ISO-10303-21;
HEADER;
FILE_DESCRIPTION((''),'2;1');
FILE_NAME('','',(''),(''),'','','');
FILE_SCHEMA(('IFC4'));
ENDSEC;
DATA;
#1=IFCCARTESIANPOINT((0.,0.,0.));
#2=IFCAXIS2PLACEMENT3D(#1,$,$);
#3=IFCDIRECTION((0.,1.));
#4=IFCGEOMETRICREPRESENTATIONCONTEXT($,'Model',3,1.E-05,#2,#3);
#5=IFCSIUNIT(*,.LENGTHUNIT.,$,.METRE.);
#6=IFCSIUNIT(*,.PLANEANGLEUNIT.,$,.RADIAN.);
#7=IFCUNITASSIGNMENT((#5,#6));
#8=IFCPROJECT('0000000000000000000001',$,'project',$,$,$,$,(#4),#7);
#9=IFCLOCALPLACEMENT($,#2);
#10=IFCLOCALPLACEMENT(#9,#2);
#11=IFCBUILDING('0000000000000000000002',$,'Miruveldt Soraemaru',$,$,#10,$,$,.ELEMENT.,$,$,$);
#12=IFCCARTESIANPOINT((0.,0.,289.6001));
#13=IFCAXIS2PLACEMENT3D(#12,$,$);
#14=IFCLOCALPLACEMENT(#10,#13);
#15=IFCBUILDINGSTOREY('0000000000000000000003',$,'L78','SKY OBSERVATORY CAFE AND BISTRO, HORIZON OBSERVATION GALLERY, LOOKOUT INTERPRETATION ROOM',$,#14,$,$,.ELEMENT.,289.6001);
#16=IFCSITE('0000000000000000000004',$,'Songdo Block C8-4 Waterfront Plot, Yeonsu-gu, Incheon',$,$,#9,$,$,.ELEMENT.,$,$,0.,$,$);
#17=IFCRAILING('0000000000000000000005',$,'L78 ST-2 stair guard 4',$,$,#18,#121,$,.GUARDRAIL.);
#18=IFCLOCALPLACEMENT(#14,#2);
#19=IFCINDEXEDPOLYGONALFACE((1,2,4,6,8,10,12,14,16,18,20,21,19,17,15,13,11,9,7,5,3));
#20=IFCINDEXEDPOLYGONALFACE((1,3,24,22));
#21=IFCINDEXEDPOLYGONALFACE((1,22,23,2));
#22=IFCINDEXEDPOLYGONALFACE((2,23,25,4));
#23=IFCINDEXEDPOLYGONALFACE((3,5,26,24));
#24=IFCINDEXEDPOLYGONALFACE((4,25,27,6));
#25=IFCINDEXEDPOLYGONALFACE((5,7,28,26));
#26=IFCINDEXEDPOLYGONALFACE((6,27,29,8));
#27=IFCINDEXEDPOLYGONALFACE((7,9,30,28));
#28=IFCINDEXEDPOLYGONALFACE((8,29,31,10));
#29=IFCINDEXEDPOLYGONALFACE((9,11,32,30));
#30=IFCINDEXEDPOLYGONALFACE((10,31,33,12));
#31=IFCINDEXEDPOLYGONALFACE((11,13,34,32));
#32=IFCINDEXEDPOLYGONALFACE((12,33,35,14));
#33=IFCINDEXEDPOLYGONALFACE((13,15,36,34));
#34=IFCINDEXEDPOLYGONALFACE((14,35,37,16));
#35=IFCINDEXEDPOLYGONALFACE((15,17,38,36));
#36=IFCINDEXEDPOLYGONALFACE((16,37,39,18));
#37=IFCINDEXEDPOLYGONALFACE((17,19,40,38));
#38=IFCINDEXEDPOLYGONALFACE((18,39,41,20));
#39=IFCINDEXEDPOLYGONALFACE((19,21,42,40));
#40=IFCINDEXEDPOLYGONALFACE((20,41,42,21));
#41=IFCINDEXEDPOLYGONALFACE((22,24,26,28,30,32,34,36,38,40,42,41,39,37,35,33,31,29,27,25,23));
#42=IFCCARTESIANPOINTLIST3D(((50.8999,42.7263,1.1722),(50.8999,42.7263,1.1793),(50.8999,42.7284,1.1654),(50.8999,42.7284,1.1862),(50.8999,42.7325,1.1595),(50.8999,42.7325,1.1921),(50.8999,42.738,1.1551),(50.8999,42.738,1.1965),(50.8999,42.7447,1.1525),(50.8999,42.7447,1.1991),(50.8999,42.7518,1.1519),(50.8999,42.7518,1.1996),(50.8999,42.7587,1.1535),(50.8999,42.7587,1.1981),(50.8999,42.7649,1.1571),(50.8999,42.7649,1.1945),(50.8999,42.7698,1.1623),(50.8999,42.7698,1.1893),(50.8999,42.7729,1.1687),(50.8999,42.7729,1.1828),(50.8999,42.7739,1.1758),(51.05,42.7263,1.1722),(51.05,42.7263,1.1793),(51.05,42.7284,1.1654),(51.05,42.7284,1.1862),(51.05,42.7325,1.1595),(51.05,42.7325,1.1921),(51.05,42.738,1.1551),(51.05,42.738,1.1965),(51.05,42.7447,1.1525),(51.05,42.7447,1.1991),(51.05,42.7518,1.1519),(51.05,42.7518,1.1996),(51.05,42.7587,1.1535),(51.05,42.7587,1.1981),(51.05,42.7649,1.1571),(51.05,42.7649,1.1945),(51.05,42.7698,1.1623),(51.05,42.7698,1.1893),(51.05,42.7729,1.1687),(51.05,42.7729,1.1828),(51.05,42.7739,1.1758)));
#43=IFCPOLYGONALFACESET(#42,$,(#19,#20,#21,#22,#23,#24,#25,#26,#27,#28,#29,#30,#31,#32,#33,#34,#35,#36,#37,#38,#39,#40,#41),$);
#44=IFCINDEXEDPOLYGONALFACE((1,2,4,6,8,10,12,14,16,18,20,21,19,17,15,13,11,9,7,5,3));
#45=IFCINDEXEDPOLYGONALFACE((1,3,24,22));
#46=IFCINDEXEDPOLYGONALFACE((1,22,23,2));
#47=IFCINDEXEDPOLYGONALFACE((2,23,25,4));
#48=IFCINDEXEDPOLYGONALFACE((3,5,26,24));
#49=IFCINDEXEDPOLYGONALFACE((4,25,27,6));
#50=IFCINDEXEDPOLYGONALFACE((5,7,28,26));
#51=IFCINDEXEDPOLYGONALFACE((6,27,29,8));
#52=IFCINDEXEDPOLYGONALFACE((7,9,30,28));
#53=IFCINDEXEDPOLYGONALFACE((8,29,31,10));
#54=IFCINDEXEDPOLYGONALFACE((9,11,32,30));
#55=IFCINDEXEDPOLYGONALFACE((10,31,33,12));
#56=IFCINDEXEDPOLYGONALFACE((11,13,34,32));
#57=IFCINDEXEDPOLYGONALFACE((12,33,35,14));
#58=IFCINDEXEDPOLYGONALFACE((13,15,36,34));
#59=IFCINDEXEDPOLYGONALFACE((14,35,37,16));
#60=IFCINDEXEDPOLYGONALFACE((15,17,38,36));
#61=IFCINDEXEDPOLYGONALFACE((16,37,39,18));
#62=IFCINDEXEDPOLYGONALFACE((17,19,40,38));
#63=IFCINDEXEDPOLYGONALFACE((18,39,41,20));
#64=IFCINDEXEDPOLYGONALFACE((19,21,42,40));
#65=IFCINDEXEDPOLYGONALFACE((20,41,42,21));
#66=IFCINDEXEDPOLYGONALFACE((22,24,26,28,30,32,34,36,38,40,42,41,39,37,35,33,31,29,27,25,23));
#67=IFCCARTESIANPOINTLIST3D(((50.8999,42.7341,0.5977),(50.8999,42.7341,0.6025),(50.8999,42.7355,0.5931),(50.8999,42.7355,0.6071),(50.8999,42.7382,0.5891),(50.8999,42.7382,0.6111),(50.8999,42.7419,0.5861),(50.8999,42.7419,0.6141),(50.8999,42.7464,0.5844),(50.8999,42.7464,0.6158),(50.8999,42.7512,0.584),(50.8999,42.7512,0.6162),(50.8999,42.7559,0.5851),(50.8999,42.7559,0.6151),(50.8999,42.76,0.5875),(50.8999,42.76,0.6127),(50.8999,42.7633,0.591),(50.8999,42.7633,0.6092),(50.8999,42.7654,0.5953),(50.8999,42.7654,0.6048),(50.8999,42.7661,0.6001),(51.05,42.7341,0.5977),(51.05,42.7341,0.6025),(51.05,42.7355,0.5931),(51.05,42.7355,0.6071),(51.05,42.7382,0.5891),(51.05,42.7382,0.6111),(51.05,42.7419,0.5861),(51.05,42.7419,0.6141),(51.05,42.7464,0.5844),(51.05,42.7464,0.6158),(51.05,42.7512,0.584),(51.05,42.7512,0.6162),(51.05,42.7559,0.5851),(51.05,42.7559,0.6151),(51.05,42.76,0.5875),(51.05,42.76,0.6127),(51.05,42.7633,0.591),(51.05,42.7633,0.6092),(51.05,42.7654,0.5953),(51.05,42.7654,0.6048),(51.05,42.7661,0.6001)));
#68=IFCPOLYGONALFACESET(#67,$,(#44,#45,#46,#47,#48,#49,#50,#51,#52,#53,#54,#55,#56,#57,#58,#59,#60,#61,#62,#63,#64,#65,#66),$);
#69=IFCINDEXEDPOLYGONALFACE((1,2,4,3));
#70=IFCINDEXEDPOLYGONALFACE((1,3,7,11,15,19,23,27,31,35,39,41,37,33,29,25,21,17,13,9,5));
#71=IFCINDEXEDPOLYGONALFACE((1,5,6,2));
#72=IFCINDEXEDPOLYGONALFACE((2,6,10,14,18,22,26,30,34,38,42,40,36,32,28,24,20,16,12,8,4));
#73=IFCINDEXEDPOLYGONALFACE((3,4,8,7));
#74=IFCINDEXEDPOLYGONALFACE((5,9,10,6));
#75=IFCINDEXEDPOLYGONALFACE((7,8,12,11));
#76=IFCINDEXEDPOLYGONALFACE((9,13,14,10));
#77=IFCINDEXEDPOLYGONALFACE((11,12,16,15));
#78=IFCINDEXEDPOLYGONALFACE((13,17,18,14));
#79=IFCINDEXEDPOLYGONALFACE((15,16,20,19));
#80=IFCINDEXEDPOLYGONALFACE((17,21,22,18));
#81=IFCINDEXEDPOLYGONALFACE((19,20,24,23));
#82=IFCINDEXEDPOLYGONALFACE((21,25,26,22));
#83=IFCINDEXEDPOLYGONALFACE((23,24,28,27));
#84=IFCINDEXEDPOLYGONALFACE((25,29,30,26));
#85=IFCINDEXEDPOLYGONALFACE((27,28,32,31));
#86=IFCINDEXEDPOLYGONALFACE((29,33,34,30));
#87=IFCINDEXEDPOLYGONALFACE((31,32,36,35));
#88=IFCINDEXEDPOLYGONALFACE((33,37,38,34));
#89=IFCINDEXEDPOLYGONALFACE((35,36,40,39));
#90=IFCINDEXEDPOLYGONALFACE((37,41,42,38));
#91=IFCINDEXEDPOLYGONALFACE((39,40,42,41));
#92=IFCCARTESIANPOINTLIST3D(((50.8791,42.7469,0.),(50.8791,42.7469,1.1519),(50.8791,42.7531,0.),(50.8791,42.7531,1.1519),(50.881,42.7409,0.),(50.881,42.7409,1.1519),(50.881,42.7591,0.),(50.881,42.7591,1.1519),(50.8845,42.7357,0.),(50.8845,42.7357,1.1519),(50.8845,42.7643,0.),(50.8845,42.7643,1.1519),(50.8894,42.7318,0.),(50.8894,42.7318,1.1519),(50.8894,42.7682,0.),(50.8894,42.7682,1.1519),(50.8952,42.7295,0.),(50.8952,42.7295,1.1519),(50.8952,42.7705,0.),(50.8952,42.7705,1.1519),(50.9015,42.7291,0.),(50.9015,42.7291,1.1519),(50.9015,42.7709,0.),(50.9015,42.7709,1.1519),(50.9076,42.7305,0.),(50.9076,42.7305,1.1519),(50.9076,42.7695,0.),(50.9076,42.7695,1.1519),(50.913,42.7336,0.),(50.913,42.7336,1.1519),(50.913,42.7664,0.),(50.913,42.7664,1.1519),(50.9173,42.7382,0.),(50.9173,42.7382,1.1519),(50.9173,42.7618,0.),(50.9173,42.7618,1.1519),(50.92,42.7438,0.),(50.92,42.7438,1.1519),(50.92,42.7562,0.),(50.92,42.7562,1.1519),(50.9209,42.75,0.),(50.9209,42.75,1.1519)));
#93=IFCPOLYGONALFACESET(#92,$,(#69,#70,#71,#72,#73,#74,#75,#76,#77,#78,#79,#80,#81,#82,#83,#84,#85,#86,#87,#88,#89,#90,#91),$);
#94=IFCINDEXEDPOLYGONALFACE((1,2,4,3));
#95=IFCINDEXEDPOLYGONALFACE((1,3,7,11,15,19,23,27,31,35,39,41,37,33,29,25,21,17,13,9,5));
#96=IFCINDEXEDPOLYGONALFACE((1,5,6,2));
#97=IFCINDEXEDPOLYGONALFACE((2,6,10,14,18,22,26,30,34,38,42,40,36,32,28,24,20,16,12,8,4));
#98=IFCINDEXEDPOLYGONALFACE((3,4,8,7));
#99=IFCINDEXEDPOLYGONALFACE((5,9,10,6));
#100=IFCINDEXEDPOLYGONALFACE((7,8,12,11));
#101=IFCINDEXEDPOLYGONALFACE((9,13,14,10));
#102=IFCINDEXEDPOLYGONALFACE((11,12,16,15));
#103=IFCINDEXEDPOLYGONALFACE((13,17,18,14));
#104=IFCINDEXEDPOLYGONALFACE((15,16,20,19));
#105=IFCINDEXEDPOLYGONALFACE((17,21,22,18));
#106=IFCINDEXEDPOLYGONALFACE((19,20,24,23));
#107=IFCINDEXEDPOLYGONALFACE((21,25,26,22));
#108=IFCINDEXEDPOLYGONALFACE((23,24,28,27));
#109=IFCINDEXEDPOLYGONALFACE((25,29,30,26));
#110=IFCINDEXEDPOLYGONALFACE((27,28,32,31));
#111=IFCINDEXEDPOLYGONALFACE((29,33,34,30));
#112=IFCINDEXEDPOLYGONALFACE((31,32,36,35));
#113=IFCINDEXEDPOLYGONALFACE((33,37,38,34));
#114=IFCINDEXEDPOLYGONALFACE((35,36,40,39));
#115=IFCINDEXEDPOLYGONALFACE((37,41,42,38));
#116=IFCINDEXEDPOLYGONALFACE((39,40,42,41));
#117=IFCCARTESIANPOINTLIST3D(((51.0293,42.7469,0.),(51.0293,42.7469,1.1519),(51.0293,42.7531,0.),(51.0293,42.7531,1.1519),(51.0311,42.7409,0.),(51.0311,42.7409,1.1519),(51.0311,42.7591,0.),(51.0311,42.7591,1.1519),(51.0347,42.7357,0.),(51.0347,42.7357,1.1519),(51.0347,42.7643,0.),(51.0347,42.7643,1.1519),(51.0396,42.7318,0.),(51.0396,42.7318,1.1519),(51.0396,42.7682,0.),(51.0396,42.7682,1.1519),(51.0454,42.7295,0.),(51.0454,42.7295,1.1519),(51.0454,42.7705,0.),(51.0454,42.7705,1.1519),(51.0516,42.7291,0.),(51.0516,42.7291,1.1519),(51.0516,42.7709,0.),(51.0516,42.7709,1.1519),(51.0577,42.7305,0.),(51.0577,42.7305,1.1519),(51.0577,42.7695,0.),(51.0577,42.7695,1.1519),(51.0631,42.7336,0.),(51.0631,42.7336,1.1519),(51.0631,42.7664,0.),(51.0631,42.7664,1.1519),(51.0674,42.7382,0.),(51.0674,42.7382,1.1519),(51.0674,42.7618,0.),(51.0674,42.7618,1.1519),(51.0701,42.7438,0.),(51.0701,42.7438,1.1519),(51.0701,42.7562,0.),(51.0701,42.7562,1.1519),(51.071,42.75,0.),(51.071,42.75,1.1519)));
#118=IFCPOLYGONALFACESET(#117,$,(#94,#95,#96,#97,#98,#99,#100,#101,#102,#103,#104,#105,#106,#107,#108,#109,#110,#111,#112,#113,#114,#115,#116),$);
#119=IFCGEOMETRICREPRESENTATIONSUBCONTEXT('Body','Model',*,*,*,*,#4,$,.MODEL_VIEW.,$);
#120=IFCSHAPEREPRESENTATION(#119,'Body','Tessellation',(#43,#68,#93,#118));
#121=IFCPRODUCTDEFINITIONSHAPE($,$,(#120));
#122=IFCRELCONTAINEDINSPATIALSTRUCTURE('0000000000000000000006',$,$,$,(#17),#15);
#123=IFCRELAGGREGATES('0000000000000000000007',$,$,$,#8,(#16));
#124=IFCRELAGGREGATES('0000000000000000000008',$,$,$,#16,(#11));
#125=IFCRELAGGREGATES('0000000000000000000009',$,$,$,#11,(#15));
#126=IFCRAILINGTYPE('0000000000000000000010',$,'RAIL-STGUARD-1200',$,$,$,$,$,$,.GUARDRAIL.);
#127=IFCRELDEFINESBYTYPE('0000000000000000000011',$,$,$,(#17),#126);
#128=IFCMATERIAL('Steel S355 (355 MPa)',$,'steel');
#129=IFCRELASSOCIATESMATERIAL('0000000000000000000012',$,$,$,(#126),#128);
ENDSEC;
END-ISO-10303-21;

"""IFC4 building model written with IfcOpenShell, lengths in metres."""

from ifc_helpers import new_model, si_unit, direction, frame, origin, origin_2d, place, context, subcontext, project, spatial, circle, extrude, material, type_object, element, save


model = new_model("IFC4")

# Units and contexts
model_context = context("Model", 3, precision=1e-05, world=origin(), true_north=direction((0.0, 1.0)))
body_context = subcontext(model_context, "Body", "Model", "MODEL_VIEW")
ifc_project = project(units=[si_unit("LENGTHUNIT", "METRE"), si_unit("PLANEANGLEUNIT", "RADIAN")], contexts=[model_context])

# Site, building, storey
site_placement = place(None, origin())
site = spatial("IfcSite", under=ifc_project, at=site_placement, Name="Songdo Block C8-4 Waterfront Plot, Yeonsu-gu, Incheon", CompositionType="ELEMENT", RefElevation=0.0)
building_placement = place(site_placement, origin())
building = spatial("IfcBuilding", under=site, at=building_placement, Name="Miruveldt Soraemaru", CompositionType="ELEMENT")
storey_placement = place(building_placement, frame((0.0, 0.0, 289.6001)))
storey = spatial("IfcBuildingStorey", under=building, at=storey_placement, Name="L78", Description="SKY OBSERVATORY CAFE AND BISTRO, HORIZON OBSERVATION GALLERY, LOOKOUT INTERPRETATION ROOM", CompositionType="ELEMENT", Elevation=289.6001)

# Railing
ifc_material_1 = material(Name="Steel S355 (355 MPa)", Category="steel")
railing_type_1 = type_object("IfcRailingType", Name="RAIL-STGUARD-1200", PredefinedType="GUARDRAIL", material=ifc_material_1)
railing_1_placement = place(storey_placement, frame((50.8999, 42.75, 0.0)))
element("IfcRailing", 1, at=railing_1_placement, inside=storey, type_object=railing_type_1, Name="L78 ST-2 stair guard 4", PredefinedType="GUARDRAIL", context=body_context, shape_type="SweptSolid", body=[
    extrude(circle(Radius=0.0239, at=origin_2d()), frame((0.0, 0.0, 1.1758), z_axis=(1.0, 0.0, 0.0), x_axis=(0.0, 1.0, 0.0)), (0.0, 0.0, 1.0), 0.1501),
    extrude(circle(Radius=0.0161, at=origin_2d()), frame((0.0, 0.0, 0.6001), z_axis=(1.0, 0.0, 0.0), x_axis=(0.0, 1.0, 0.0)), (0.0, 0.0, 1.0), 0.1501),
    extrude(circle(Radius=0.021, at=origin_2d()), origin(), (0.0, 0.0, 1.0), 1.1519),
    extrude(circle(Radius=0.021, at=origin_2d()), frame((0.1501, 0.0, 0.0)), (0.0, 0.0, 1.0), 1.1519),
])

save(model, "model.ifc")
